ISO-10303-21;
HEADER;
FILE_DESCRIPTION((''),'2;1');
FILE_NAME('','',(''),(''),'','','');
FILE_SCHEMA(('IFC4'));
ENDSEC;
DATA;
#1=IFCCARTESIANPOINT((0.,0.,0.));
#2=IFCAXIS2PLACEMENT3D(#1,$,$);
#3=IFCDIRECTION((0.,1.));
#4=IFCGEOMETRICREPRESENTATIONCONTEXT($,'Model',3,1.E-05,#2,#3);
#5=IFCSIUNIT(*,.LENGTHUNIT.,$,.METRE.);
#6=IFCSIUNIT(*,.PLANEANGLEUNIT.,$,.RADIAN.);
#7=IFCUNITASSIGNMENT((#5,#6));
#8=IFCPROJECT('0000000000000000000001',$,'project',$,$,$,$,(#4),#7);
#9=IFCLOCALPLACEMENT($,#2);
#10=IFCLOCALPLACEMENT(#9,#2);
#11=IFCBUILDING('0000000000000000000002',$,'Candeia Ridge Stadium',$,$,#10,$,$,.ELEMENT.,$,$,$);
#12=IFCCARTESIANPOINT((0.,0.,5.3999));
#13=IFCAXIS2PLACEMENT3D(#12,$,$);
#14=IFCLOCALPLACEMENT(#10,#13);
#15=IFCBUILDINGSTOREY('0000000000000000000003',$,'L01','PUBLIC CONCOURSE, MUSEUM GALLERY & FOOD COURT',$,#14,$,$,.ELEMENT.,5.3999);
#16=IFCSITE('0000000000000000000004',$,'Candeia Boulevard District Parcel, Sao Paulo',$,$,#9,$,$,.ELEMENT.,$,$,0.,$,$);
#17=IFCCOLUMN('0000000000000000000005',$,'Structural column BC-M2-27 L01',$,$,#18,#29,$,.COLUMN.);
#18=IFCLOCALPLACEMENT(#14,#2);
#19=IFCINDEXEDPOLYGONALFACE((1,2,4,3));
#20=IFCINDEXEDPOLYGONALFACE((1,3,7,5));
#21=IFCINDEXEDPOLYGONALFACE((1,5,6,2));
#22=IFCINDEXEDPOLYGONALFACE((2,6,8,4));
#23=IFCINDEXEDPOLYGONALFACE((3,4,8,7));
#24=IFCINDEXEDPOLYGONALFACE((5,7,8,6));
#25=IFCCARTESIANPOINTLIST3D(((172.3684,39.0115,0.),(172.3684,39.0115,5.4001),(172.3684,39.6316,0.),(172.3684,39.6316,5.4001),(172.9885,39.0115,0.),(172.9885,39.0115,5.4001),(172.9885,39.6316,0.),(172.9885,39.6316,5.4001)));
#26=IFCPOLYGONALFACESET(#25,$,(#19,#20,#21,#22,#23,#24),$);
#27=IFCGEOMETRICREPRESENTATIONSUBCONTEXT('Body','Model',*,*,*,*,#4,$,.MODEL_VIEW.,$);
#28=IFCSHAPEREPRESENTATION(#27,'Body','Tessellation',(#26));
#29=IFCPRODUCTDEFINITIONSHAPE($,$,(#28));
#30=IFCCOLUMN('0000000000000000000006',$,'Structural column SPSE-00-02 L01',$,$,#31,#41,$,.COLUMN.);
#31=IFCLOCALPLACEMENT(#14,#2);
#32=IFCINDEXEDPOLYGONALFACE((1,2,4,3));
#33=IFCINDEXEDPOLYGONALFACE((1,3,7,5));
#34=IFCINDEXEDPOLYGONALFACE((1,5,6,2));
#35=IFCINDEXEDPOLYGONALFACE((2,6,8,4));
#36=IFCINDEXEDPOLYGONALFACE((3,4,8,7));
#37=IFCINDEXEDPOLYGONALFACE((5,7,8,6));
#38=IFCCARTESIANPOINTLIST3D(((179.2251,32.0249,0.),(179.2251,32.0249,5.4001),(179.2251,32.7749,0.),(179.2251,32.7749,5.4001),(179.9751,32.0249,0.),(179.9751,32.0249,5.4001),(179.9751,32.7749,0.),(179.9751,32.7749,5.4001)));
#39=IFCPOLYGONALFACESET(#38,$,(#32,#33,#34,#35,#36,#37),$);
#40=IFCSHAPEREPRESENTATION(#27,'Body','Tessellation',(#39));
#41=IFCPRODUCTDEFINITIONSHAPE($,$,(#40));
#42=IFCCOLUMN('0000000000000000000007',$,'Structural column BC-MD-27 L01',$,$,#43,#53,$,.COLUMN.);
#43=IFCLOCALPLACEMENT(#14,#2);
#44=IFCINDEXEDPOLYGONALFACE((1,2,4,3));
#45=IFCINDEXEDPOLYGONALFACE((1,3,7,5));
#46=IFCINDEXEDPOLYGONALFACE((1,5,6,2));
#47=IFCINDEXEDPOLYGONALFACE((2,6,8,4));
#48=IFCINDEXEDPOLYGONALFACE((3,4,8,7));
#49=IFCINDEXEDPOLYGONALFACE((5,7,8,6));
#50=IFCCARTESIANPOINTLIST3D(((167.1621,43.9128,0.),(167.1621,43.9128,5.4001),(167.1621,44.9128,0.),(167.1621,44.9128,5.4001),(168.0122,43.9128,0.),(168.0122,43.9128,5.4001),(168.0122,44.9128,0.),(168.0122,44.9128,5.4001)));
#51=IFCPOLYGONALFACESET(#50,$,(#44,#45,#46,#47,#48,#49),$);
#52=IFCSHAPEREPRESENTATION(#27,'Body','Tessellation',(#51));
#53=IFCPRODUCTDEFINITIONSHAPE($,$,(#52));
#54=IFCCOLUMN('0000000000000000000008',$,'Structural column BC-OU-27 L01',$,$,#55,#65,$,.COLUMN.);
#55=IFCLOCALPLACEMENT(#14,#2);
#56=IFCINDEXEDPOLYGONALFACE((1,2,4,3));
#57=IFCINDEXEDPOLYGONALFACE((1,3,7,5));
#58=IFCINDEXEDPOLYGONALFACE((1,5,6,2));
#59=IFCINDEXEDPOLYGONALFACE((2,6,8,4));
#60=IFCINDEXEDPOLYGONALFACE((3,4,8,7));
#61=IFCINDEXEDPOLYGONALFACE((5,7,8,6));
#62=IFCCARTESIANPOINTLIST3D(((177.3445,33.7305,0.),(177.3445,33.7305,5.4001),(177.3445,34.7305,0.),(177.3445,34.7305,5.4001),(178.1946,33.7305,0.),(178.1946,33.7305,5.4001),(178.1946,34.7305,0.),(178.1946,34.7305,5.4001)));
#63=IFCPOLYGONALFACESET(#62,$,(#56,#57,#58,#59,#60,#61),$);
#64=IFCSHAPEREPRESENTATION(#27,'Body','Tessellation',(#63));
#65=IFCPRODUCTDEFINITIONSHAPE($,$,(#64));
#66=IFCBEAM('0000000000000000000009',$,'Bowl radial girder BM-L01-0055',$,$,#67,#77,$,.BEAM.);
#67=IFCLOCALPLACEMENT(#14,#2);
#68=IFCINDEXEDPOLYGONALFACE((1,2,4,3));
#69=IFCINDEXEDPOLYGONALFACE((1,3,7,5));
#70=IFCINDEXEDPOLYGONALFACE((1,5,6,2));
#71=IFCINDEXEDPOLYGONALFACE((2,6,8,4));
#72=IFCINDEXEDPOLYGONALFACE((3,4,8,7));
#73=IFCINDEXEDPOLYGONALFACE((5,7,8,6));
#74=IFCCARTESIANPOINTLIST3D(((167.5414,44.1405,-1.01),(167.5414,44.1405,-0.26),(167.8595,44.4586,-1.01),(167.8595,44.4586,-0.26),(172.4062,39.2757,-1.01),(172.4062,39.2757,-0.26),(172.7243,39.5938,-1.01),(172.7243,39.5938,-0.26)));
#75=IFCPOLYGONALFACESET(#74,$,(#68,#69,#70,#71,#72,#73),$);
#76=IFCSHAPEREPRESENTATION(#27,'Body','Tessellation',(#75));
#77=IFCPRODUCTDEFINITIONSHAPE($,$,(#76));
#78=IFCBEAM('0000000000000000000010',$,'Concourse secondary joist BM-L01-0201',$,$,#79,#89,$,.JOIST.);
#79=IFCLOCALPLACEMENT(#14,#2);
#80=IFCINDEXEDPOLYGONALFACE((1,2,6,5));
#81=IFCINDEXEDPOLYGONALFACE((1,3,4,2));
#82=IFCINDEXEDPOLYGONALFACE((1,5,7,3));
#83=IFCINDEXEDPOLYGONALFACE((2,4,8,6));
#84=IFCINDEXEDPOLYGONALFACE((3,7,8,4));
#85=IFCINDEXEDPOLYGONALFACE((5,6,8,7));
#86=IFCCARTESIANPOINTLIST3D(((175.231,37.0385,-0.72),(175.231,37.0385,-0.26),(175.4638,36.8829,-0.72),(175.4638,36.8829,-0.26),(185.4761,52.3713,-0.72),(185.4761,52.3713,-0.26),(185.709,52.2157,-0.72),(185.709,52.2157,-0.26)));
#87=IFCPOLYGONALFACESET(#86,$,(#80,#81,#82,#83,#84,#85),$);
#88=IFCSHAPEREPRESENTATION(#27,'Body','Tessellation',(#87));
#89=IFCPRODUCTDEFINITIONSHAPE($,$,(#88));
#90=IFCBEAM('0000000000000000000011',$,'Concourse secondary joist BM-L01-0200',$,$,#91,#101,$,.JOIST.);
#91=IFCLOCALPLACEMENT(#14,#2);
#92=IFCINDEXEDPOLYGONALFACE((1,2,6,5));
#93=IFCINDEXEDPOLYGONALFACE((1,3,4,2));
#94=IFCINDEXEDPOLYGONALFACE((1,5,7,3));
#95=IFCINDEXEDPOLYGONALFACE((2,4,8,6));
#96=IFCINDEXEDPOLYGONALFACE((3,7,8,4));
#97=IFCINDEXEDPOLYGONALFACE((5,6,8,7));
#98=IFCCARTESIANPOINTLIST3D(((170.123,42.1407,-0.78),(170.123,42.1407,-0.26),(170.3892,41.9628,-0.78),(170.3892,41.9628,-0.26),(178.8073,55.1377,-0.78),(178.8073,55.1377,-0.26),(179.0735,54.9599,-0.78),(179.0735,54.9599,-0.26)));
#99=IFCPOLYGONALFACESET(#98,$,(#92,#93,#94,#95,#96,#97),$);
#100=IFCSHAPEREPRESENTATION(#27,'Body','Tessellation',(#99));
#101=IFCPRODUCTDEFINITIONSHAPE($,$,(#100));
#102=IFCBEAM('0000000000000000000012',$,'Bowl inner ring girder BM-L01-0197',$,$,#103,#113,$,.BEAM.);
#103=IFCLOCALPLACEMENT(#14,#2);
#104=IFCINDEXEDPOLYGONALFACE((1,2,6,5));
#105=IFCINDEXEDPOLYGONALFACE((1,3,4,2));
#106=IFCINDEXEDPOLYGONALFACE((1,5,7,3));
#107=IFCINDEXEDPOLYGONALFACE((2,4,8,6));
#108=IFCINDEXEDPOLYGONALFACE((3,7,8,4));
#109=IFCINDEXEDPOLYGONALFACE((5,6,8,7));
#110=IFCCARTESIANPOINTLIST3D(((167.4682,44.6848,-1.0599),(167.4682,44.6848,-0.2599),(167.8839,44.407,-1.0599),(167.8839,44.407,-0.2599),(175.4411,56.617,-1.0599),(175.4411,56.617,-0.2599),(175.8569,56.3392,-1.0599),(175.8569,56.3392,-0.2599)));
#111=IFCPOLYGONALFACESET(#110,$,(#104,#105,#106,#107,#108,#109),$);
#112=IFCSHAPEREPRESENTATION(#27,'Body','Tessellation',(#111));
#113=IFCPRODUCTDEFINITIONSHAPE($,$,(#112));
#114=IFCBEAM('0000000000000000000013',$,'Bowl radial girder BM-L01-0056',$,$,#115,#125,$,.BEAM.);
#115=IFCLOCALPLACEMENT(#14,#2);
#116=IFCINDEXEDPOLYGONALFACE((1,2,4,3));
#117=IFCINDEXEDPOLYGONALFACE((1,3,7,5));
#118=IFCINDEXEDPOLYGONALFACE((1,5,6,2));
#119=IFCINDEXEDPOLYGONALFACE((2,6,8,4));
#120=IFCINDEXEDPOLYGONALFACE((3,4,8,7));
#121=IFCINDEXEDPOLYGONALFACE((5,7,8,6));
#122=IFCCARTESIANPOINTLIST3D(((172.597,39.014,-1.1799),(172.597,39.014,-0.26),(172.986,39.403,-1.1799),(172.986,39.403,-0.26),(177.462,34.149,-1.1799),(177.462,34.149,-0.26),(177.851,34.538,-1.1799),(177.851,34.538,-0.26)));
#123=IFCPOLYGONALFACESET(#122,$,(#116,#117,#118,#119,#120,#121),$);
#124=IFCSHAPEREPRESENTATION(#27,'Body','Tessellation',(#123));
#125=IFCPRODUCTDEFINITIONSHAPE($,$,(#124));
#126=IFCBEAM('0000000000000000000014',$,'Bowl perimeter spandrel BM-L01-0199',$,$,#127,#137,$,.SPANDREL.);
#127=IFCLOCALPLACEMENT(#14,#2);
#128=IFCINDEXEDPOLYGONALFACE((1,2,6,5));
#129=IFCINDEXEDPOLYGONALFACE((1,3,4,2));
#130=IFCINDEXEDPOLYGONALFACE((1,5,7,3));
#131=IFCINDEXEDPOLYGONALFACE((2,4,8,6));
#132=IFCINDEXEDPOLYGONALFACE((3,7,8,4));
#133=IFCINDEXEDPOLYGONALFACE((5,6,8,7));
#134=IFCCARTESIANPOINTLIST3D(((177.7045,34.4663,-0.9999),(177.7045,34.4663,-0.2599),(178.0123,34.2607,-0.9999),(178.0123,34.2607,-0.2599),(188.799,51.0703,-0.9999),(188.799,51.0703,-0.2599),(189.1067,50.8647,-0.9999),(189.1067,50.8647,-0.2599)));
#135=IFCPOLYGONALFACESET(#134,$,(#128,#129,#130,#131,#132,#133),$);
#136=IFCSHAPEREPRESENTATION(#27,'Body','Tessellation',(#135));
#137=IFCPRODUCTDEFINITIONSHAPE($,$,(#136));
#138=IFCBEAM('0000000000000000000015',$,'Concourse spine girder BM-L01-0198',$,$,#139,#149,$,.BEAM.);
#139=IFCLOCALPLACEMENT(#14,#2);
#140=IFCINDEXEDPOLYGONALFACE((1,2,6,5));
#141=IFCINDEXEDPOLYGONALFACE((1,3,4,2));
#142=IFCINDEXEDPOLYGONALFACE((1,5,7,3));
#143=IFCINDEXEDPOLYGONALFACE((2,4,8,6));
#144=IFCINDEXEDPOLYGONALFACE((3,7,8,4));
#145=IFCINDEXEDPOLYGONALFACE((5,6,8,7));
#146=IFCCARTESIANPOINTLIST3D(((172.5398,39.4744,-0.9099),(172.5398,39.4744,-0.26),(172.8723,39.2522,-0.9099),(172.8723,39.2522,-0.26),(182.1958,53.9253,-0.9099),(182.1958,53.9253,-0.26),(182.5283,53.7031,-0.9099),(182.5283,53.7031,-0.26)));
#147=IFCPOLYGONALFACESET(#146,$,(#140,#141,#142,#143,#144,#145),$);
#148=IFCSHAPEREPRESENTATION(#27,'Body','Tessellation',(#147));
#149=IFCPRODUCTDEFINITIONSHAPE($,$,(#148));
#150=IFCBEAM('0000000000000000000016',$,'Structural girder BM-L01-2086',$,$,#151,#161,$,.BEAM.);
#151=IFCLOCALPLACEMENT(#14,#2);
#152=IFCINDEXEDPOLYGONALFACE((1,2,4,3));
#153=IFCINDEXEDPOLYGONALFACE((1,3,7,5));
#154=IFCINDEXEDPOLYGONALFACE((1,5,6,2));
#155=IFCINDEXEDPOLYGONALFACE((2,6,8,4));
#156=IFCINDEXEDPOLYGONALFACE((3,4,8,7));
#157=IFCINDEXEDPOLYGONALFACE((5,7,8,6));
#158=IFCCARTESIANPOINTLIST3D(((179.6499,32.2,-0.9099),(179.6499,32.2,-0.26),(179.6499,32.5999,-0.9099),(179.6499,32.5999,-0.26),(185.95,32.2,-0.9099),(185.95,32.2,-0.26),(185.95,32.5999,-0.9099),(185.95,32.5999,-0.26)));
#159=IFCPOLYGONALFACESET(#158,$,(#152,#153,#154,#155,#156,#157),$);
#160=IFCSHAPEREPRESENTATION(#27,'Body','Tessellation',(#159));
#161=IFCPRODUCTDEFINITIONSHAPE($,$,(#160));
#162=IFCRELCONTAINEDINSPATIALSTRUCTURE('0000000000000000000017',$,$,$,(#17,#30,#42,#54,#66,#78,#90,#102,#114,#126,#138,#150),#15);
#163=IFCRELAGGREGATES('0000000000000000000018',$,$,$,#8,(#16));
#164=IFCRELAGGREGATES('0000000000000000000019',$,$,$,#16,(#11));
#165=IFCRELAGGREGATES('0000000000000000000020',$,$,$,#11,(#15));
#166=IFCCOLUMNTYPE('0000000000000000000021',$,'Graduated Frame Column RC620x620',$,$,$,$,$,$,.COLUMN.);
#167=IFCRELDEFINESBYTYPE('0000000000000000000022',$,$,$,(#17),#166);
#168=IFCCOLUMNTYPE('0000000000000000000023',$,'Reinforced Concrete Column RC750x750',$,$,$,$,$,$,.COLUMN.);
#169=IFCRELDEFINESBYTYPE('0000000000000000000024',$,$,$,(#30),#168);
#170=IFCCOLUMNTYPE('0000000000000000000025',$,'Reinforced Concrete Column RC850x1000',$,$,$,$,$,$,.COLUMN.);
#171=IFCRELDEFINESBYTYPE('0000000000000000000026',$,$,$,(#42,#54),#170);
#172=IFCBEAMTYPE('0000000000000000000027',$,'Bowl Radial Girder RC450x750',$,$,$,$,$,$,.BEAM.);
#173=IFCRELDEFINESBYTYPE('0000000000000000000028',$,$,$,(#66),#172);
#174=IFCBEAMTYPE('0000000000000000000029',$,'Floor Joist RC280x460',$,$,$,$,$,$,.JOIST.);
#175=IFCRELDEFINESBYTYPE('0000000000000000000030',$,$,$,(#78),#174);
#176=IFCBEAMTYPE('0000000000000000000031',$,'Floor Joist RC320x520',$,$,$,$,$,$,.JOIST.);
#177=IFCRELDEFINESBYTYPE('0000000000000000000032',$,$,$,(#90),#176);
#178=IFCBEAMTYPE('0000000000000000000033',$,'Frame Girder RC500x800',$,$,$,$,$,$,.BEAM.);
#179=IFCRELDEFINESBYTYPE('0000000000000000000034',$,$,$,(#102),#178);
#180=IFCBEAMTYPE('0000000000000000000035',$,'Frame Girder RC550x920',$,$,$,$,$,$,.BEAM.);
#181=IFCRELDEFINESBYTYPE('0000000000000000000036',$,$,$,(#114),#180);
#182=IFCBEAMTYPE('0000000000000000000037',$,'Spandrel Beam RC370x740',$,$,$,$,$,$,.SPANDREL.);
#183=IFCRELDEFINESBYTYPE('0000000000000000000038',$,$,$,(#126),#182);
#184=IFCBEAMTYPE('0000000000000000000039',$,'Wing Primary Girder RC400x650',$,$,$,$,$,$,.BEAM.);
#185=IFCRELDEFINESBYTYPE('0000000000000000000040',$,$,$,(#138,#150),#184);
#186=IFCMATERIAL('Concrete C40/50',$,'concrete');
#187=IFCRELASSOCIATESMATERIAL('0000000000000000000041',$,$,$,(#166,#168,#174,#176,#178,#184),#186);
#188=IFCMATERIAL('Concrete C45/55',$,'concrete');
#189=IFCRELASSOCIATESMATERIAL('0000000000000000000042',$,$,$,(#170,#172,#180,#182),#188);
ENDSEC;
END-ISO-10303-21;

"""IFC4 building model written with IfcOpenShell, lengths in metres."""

from ifc_helpers import new_model, si_unit, direction, frame, origin, origin_2d, place, context, subcontext, project, spatial, rectangle, extrude, material, material_profile, profile_set, type_object, element, save


model = new_model("IFC4")

# Units and contexts
model_context = context("Model", 3, precision=1e-05, world=origin(), true_north=direction((0.0, 1.0)))
body_context = subcontext(model_context, "Body", "Model", "MODEL_VIEW")
ifc_project = project(units=[si_unit("LENGTHUNIT", "METRE"), si_unit("PLANEANGLEUNIT", "RADIAN")], contexts=[model_context])

# Site, building, storey
site_placement = place(None, origin())
site = spatial("IfcSite", under=ifc_project, at=site_placement, Name="Candeia Boulevard District Parcel, Sao Paulo", CompositionType="ELEMENT", RefElevation=0.0)
building_placement = place(site_placement, origin())
building = spatial("IfcBuilding", under=site, at=building_placement, Name="Candeia Ridge Stadium", CompositionType="ELEMENT")
storey_placement = place(building_placement, frame((0.0, 0.0, 5.3999)))
storey = spatial("IfcBuildingStorey", under=building, at=storey_placement, Name="L01", Description="PUBLIC CONCOURSE, MUSEUM GALLERY & FOOD COURT", CompositionType="ELEMENT", Elevation=5.3999)

# Columns
ifc_material_1 = material(Name="Concrete C40/50", Category="concrete")
ifc_material_profile_1 = material_profile(ifc_material_1, rectangle(XDim=0.6201, YDim=0.6201, at=origin_2d()), Name="RC620x620", Category="concrete")
ifc_profile_set_1 = profile_set([ifc_material_profile_1], Name="Concrete C40/50")
column_type_1 = type_object("IfcColumnType", Name="Graduated Frame Column RC620x620", PredefinedType="COLUMN", material=ifc_profile_set_1)
column_1_placement = place(storey_placement, frame((172.6785, 39.3215, 0.0), z_axis=(0.0, 0.0, 1.0), x_axis=(1.0, 0.0, 0.0)))
element("IfcColumn", 1, at=column_1_placement, inside=storey, type_object=column_type_1, Name="Structural column BC-M2-27 L01", PredefinedType="COLUMN", context=body_context, shape_type="SweptSolid", body=[
    extrude(rectangle(XDim=0.6201, YDim=0.6201, at=origin_2d()), origin(), (0.0, 0.0, 1.0), 5.4001),
])
ifc_material_profile_2 = material_profile(ifc_material_1, rectangle(XDim=0.75, YDim=0.75, at=origin_2d()), Name="RC750x750", Category="concrete")
ifc_profile_set_2 = profile_set([ifc_material_profile_2], Name="Concrete C40/50")
column_type_2 = type_object("IfcColumnType", Name="Reinforced Concrete Column RC750x750", PredefinedType="COLUMN", material=ifc_profile_set_2)
column_2_placement = place(storey_placement, frame((179.6001, 32.3999, 0.0), z_axis=(0.0, 0.0, 1.0), x_axis=(1.0, 0.0, 0.0)))
element("IfcColumn", 2, at=column_2_placement, inside=storey, type_object=column_type_2, Name="Structural column SPSE-00-02 L01", PredefinedType="COLUMN", context=body_context, shape_type="SweptSolid", body=[
    extrude(rectangle(XDim=0.75, YDim=0.75, at=origin_2d()), origin(), (0.0, 0.0, 1.0), 5.4001),
])
ifc_material_2 = material(Name="Concrete C45/55", Category="concrete")
ifc_material_profile_3 = material_profile(ifc_material_2, rectangle(XDim=0.8501, YDim=1.0, at=origin_2d()), Name="RC850x1000", Category="concrete")
ifc_profile_set_3 = profile_set([ifc_material_profile_3], Name="Concrete C45/55")
column_type_3 = type_object("IfcColumnType", Name="Reinforced Concrete Column RC850x1000", PredefinedType="COLUMN", material=ifc_profile_set_3)
for number, where, z_axis, x_axis, name in (
    (3, (167.5872, 44.4128, 0.0), (0.0, 0.0, 1.0), (1.0, 0.0, 0.0), "Structural column BC-MD-27 L01"),
    (4, (177.7695, 34.2305, 0.0), (0.0, 0.0, 1.0), (1.0, 0.0, 0.0), "Structural column BC-OU-27 L01"),
):
    element("IfcColumn", number, at=place(storey_placement, frame(where, z_axis=z_axis, x_axis=x_axis)), inside=storey, type_object=column_type_3, Name=name, PredefinedType="COLUMN", context=body_context, shape_type="SweptSolid", body=[
        extrude(rectangle(XDim=0.8501, YDim=1.0, at=origin_2d()), origin(), (0.0, 0.0, 1.0), 5.4001),
    ])

# Beams
ifc_material_profile_4 = material_profile(ifc_material_2, rectangle(XDim=0.45, YDim=0.75, at=origin_2d()), Name="RC450x750", Category="concrete")
ifc_profile_set_4 = profile_set([ifc_material_profile_4], Name="Concrete C45/55")
beam_type_1 = type_object("IfcBeamType", Name="Bowl Radial Girder RC450x750", PredefinedType="BEAM", material=ifc_profile_set_4)
beam_1_placement = place(storey_placement, frame((167.7004, 44.2996, -0.635), z_axis=(0.707107, -0.707107, 0.0), x_axis=(0.707107, 0.707107, 0.0)))
element("IfcBeam", 5, at=beam_1_placement, inside=storey, type_object=beam_type_1, Name="Bowl radial girder BM-L01-0055", PredefinedType="BEAM", context=body_context, shape_type="SweptSolid", body=[
    extrude(rectangle(XDim=0.45, YDim=0.75, at=origin_2d()), origin(), (0.0, 0.0, 1.0), 6.8799),
])
ifc_material_profile_5 = material_profile(ifc_material_1, rectangle(XDim=0.28, YDim=0.46, at=origin_2d()), Name="RC280x460", Category="concrete")
ifc_profile_set_5 = profile_set([ifc_material_profile_5], Name="Concrete C40/50")
beam_type_2 = type_object("IfcBeamType", Name="Floor Joist RC280x460", PredefinedType="JOIST", material=ifc_profile_set_5)
beam_2_placement = place(storey_placement, frame((175.3474, 36.9607, -0.49), z_axis=(0.555574, 0.831467, 0.0), x_axis=(-0.831467, 0.555574, 0.0)))
element("IfcBeam", 6, at=beam_2_placement, inside=storey, type_object=beam_type_2, Name="Concourse secondary joist BM-L01-0201", PredefinedType="JOIST", context=body_context, shape_type="SweptSolid", body=[
    extrude(rectangle(XDim=0.28, YDim=0.46, at=origin_2d()), origin(), (0.0, 0.0, 1.0), 18.4407),
])
ifc_material_profile_6 = material_profile(ifc_material_1, rectangle(XDim=0.3201, YDim=0.52, at=origin_2d()), Name="RC320x520", Category="concrete")
ifc_profile_set_6 = profile_set([ifc_material_profile_6], Name="Concrete C40/50")
beam_type_3 = type_object("IfcBeamType", Name="Floor Joist RC320x520", PredefinedType="JOIST", material=ifc_profile_set_6)
beam_3_placement = place(storey_placement, frame((170.2561, 42.0518, -0.52), z_axis=(0.555569, 0.831471, 0.0), x_axis=(-0.831471, 0.555569, 0.0)))
element("IfcBeam", 7, at=beam_3_placement, inside=storey, type_object=beam_type_3, Name="Concourse secondary joist BM-L01-0200", PredefinedType="JOIST", context=body_context, shape_type="SweptSolid", body=[
    extrude(rectangle(XDim=0.3201, YDim=0.52, at=origin_2d()), origin(), (0.0, 0.0, 1.0), 15.6313),
])
ifc_material_profile_7 = material_profile(ifc_material_1, rectangle(XDim=0.5, YDim=0.8, at=origin_2d()), Name="RC500x800", Category="concrete")
ifc_profile_set_7 = profile_set([ifc_material_profile_7], Name="Concrete C40/50")
beam_type_4 = type_object("IfcBeamType", Name="Frame Girder RC500x800", PredefinedType="BEAM", material=ifc_profile_set_7)
beam_4_placement = place(storey_placement, frame((167.676, 44.5459, -0.6599), z_axis=(0.555575, 0.831466, 0.0), x_axis=(-0.831466, 0.555575, 0.0)))
element("IfcBeam", 8, at=beam_4_placement, inside=storey, type_object=beam_type_4, Name="Bowl inner ring girder BM-L01-0197", PredefinedType="BEAM", context=body_context, shape_type="SweptSolid", body=[
    extrude(rectangle(XDim=0.5, YDim=0.8, at=origin_2d()), origin(), (0.0, 0.0, 1.0), 14.3508),
])
ifc_material_profile_8 = material_profile(ifc_material_2, rectangle(XDim=0.55, YDim=0.9199, at=origin_2d()), Name="RC550x920", Category="concrete")
ifc_profile_set_8 = profile_set([ifc_material_profile_8], Name="Concrete C45/55")
beam_type_5 = type_object("IfcBeamType", Name="Frame Girder RC550x920", PredefinedType="BEAM", material=ifc_profile_set_8)
beam_5_placement = place(storey_placement, frame((172.7915, 39.2085, -0.72), z_axis=(0.707107, -0.707107, 0.0), x_axis=(0.707107, 0.707107, 0.0)))
element("IfcBeam", 9, at=beam_5_placement, inside=storey, type_object=beam_type_5, Name="Bowl radial girder BM-L01-0056", PredefinedType="BEAM", context=body_context, shape_type="SweptSolid", body=[
    extrude(rectangle(XDim=0.55, YDim=0.9199, at=origin_2d()), origin(), (0.0, 0.0, 1.0), 6.8801),
])
ifc_material_profile_9 = material_profile(ifc_material_2, rectangle(XDim=0.3701, YDim=0.74, at=origin_2d()), Name="RC370x740", Category="concrete")
ifc_profile_set_9 = profile_set([ifc_material_profile_9], Name="Concrete C45/55")
beam_type_6 = type_object("IfcBeamType", Name="Spandrel Beam RC370x740", PredefinedType="SPANDREL", material=ifc_profile_set_9)
beam_6_placement = place(storey_placement, frame((177.8584, 34.3635, -0.6299), z_axis=(0.555572, 0.831469, 0.0), x_axis=(-0.831469, 0.555572, 0.0)))
element("IfcBeam", 10, at=beam_6_placement, inside=storey, type_object=beam_type_6, Name="Bowl perimeter spandrel BM-L01-0199", PredefinedType="SPANDREL", context=body_context, shape_type="SweptSolid", body=[
    extrude(rectangle(XDim=0.3701, YDim=0.74, at=origin_2d()), origin(), (0.0, 0.0, 1.0), 19.9695),
])
ifc_material_profile_10 = material_profile(ifc_material_1, rectangle(XDim=0.3999, YDim=0.6499, at=origin_2d()), Name="RC400x650", Category="concrete")
ifc_profile_set_10 = profile_set([ifc_material_profile_10], Name="Concrete C40/50")
beam_type_7 = type_object("IfcBeamType", Name="Wing Primary Girder RC400x650", PredefinedType="BEAM", material=ifc_profile_set_10)
beam_7_placement = place(storey_placement, frame((172.7061, 39.3633, -0.585), z_axis=(0.555578, 0.831464, 0.0), x_axis=(-0.831464, 0.555578, 0.0)))
element("IfcBeam", 11, at=beam_7_placement, inside=storey, type_object=beam_type_7, Name="Concourse spine girder BM-L01-0198", PredefinedType="BEAM", context=body_context, shape_type="SweptSolid", body=[
    extrude(rectangle(XDim=0.3999, YDim=0.6499, at=origin_2d()), origin(), (0.0, 0.0, 1.0), 17.3801),
])
beam_8_placement = place(storey_placement, frame((179.6499, 32.3999, -0.585), z_axis=(1.0, 0.0, 0.0), x_axis=(0.0, 1.0, 0.0)))
element("IfcBeam", 12, at=beam_8_placement, inside=storey, type_object=beam_type_7, Name="Structural girder BM-L01-2086", PredefinedType="BEAM", context=body_context, shape_type="SweptSolid", body=[
    extrude(rectangle(XDim=0.3999, YDim=0.6499, at=origin_2d()), origin(), (0.0, 0.0, 1.0), 6.3),
])

save(model, "model.ifc")
